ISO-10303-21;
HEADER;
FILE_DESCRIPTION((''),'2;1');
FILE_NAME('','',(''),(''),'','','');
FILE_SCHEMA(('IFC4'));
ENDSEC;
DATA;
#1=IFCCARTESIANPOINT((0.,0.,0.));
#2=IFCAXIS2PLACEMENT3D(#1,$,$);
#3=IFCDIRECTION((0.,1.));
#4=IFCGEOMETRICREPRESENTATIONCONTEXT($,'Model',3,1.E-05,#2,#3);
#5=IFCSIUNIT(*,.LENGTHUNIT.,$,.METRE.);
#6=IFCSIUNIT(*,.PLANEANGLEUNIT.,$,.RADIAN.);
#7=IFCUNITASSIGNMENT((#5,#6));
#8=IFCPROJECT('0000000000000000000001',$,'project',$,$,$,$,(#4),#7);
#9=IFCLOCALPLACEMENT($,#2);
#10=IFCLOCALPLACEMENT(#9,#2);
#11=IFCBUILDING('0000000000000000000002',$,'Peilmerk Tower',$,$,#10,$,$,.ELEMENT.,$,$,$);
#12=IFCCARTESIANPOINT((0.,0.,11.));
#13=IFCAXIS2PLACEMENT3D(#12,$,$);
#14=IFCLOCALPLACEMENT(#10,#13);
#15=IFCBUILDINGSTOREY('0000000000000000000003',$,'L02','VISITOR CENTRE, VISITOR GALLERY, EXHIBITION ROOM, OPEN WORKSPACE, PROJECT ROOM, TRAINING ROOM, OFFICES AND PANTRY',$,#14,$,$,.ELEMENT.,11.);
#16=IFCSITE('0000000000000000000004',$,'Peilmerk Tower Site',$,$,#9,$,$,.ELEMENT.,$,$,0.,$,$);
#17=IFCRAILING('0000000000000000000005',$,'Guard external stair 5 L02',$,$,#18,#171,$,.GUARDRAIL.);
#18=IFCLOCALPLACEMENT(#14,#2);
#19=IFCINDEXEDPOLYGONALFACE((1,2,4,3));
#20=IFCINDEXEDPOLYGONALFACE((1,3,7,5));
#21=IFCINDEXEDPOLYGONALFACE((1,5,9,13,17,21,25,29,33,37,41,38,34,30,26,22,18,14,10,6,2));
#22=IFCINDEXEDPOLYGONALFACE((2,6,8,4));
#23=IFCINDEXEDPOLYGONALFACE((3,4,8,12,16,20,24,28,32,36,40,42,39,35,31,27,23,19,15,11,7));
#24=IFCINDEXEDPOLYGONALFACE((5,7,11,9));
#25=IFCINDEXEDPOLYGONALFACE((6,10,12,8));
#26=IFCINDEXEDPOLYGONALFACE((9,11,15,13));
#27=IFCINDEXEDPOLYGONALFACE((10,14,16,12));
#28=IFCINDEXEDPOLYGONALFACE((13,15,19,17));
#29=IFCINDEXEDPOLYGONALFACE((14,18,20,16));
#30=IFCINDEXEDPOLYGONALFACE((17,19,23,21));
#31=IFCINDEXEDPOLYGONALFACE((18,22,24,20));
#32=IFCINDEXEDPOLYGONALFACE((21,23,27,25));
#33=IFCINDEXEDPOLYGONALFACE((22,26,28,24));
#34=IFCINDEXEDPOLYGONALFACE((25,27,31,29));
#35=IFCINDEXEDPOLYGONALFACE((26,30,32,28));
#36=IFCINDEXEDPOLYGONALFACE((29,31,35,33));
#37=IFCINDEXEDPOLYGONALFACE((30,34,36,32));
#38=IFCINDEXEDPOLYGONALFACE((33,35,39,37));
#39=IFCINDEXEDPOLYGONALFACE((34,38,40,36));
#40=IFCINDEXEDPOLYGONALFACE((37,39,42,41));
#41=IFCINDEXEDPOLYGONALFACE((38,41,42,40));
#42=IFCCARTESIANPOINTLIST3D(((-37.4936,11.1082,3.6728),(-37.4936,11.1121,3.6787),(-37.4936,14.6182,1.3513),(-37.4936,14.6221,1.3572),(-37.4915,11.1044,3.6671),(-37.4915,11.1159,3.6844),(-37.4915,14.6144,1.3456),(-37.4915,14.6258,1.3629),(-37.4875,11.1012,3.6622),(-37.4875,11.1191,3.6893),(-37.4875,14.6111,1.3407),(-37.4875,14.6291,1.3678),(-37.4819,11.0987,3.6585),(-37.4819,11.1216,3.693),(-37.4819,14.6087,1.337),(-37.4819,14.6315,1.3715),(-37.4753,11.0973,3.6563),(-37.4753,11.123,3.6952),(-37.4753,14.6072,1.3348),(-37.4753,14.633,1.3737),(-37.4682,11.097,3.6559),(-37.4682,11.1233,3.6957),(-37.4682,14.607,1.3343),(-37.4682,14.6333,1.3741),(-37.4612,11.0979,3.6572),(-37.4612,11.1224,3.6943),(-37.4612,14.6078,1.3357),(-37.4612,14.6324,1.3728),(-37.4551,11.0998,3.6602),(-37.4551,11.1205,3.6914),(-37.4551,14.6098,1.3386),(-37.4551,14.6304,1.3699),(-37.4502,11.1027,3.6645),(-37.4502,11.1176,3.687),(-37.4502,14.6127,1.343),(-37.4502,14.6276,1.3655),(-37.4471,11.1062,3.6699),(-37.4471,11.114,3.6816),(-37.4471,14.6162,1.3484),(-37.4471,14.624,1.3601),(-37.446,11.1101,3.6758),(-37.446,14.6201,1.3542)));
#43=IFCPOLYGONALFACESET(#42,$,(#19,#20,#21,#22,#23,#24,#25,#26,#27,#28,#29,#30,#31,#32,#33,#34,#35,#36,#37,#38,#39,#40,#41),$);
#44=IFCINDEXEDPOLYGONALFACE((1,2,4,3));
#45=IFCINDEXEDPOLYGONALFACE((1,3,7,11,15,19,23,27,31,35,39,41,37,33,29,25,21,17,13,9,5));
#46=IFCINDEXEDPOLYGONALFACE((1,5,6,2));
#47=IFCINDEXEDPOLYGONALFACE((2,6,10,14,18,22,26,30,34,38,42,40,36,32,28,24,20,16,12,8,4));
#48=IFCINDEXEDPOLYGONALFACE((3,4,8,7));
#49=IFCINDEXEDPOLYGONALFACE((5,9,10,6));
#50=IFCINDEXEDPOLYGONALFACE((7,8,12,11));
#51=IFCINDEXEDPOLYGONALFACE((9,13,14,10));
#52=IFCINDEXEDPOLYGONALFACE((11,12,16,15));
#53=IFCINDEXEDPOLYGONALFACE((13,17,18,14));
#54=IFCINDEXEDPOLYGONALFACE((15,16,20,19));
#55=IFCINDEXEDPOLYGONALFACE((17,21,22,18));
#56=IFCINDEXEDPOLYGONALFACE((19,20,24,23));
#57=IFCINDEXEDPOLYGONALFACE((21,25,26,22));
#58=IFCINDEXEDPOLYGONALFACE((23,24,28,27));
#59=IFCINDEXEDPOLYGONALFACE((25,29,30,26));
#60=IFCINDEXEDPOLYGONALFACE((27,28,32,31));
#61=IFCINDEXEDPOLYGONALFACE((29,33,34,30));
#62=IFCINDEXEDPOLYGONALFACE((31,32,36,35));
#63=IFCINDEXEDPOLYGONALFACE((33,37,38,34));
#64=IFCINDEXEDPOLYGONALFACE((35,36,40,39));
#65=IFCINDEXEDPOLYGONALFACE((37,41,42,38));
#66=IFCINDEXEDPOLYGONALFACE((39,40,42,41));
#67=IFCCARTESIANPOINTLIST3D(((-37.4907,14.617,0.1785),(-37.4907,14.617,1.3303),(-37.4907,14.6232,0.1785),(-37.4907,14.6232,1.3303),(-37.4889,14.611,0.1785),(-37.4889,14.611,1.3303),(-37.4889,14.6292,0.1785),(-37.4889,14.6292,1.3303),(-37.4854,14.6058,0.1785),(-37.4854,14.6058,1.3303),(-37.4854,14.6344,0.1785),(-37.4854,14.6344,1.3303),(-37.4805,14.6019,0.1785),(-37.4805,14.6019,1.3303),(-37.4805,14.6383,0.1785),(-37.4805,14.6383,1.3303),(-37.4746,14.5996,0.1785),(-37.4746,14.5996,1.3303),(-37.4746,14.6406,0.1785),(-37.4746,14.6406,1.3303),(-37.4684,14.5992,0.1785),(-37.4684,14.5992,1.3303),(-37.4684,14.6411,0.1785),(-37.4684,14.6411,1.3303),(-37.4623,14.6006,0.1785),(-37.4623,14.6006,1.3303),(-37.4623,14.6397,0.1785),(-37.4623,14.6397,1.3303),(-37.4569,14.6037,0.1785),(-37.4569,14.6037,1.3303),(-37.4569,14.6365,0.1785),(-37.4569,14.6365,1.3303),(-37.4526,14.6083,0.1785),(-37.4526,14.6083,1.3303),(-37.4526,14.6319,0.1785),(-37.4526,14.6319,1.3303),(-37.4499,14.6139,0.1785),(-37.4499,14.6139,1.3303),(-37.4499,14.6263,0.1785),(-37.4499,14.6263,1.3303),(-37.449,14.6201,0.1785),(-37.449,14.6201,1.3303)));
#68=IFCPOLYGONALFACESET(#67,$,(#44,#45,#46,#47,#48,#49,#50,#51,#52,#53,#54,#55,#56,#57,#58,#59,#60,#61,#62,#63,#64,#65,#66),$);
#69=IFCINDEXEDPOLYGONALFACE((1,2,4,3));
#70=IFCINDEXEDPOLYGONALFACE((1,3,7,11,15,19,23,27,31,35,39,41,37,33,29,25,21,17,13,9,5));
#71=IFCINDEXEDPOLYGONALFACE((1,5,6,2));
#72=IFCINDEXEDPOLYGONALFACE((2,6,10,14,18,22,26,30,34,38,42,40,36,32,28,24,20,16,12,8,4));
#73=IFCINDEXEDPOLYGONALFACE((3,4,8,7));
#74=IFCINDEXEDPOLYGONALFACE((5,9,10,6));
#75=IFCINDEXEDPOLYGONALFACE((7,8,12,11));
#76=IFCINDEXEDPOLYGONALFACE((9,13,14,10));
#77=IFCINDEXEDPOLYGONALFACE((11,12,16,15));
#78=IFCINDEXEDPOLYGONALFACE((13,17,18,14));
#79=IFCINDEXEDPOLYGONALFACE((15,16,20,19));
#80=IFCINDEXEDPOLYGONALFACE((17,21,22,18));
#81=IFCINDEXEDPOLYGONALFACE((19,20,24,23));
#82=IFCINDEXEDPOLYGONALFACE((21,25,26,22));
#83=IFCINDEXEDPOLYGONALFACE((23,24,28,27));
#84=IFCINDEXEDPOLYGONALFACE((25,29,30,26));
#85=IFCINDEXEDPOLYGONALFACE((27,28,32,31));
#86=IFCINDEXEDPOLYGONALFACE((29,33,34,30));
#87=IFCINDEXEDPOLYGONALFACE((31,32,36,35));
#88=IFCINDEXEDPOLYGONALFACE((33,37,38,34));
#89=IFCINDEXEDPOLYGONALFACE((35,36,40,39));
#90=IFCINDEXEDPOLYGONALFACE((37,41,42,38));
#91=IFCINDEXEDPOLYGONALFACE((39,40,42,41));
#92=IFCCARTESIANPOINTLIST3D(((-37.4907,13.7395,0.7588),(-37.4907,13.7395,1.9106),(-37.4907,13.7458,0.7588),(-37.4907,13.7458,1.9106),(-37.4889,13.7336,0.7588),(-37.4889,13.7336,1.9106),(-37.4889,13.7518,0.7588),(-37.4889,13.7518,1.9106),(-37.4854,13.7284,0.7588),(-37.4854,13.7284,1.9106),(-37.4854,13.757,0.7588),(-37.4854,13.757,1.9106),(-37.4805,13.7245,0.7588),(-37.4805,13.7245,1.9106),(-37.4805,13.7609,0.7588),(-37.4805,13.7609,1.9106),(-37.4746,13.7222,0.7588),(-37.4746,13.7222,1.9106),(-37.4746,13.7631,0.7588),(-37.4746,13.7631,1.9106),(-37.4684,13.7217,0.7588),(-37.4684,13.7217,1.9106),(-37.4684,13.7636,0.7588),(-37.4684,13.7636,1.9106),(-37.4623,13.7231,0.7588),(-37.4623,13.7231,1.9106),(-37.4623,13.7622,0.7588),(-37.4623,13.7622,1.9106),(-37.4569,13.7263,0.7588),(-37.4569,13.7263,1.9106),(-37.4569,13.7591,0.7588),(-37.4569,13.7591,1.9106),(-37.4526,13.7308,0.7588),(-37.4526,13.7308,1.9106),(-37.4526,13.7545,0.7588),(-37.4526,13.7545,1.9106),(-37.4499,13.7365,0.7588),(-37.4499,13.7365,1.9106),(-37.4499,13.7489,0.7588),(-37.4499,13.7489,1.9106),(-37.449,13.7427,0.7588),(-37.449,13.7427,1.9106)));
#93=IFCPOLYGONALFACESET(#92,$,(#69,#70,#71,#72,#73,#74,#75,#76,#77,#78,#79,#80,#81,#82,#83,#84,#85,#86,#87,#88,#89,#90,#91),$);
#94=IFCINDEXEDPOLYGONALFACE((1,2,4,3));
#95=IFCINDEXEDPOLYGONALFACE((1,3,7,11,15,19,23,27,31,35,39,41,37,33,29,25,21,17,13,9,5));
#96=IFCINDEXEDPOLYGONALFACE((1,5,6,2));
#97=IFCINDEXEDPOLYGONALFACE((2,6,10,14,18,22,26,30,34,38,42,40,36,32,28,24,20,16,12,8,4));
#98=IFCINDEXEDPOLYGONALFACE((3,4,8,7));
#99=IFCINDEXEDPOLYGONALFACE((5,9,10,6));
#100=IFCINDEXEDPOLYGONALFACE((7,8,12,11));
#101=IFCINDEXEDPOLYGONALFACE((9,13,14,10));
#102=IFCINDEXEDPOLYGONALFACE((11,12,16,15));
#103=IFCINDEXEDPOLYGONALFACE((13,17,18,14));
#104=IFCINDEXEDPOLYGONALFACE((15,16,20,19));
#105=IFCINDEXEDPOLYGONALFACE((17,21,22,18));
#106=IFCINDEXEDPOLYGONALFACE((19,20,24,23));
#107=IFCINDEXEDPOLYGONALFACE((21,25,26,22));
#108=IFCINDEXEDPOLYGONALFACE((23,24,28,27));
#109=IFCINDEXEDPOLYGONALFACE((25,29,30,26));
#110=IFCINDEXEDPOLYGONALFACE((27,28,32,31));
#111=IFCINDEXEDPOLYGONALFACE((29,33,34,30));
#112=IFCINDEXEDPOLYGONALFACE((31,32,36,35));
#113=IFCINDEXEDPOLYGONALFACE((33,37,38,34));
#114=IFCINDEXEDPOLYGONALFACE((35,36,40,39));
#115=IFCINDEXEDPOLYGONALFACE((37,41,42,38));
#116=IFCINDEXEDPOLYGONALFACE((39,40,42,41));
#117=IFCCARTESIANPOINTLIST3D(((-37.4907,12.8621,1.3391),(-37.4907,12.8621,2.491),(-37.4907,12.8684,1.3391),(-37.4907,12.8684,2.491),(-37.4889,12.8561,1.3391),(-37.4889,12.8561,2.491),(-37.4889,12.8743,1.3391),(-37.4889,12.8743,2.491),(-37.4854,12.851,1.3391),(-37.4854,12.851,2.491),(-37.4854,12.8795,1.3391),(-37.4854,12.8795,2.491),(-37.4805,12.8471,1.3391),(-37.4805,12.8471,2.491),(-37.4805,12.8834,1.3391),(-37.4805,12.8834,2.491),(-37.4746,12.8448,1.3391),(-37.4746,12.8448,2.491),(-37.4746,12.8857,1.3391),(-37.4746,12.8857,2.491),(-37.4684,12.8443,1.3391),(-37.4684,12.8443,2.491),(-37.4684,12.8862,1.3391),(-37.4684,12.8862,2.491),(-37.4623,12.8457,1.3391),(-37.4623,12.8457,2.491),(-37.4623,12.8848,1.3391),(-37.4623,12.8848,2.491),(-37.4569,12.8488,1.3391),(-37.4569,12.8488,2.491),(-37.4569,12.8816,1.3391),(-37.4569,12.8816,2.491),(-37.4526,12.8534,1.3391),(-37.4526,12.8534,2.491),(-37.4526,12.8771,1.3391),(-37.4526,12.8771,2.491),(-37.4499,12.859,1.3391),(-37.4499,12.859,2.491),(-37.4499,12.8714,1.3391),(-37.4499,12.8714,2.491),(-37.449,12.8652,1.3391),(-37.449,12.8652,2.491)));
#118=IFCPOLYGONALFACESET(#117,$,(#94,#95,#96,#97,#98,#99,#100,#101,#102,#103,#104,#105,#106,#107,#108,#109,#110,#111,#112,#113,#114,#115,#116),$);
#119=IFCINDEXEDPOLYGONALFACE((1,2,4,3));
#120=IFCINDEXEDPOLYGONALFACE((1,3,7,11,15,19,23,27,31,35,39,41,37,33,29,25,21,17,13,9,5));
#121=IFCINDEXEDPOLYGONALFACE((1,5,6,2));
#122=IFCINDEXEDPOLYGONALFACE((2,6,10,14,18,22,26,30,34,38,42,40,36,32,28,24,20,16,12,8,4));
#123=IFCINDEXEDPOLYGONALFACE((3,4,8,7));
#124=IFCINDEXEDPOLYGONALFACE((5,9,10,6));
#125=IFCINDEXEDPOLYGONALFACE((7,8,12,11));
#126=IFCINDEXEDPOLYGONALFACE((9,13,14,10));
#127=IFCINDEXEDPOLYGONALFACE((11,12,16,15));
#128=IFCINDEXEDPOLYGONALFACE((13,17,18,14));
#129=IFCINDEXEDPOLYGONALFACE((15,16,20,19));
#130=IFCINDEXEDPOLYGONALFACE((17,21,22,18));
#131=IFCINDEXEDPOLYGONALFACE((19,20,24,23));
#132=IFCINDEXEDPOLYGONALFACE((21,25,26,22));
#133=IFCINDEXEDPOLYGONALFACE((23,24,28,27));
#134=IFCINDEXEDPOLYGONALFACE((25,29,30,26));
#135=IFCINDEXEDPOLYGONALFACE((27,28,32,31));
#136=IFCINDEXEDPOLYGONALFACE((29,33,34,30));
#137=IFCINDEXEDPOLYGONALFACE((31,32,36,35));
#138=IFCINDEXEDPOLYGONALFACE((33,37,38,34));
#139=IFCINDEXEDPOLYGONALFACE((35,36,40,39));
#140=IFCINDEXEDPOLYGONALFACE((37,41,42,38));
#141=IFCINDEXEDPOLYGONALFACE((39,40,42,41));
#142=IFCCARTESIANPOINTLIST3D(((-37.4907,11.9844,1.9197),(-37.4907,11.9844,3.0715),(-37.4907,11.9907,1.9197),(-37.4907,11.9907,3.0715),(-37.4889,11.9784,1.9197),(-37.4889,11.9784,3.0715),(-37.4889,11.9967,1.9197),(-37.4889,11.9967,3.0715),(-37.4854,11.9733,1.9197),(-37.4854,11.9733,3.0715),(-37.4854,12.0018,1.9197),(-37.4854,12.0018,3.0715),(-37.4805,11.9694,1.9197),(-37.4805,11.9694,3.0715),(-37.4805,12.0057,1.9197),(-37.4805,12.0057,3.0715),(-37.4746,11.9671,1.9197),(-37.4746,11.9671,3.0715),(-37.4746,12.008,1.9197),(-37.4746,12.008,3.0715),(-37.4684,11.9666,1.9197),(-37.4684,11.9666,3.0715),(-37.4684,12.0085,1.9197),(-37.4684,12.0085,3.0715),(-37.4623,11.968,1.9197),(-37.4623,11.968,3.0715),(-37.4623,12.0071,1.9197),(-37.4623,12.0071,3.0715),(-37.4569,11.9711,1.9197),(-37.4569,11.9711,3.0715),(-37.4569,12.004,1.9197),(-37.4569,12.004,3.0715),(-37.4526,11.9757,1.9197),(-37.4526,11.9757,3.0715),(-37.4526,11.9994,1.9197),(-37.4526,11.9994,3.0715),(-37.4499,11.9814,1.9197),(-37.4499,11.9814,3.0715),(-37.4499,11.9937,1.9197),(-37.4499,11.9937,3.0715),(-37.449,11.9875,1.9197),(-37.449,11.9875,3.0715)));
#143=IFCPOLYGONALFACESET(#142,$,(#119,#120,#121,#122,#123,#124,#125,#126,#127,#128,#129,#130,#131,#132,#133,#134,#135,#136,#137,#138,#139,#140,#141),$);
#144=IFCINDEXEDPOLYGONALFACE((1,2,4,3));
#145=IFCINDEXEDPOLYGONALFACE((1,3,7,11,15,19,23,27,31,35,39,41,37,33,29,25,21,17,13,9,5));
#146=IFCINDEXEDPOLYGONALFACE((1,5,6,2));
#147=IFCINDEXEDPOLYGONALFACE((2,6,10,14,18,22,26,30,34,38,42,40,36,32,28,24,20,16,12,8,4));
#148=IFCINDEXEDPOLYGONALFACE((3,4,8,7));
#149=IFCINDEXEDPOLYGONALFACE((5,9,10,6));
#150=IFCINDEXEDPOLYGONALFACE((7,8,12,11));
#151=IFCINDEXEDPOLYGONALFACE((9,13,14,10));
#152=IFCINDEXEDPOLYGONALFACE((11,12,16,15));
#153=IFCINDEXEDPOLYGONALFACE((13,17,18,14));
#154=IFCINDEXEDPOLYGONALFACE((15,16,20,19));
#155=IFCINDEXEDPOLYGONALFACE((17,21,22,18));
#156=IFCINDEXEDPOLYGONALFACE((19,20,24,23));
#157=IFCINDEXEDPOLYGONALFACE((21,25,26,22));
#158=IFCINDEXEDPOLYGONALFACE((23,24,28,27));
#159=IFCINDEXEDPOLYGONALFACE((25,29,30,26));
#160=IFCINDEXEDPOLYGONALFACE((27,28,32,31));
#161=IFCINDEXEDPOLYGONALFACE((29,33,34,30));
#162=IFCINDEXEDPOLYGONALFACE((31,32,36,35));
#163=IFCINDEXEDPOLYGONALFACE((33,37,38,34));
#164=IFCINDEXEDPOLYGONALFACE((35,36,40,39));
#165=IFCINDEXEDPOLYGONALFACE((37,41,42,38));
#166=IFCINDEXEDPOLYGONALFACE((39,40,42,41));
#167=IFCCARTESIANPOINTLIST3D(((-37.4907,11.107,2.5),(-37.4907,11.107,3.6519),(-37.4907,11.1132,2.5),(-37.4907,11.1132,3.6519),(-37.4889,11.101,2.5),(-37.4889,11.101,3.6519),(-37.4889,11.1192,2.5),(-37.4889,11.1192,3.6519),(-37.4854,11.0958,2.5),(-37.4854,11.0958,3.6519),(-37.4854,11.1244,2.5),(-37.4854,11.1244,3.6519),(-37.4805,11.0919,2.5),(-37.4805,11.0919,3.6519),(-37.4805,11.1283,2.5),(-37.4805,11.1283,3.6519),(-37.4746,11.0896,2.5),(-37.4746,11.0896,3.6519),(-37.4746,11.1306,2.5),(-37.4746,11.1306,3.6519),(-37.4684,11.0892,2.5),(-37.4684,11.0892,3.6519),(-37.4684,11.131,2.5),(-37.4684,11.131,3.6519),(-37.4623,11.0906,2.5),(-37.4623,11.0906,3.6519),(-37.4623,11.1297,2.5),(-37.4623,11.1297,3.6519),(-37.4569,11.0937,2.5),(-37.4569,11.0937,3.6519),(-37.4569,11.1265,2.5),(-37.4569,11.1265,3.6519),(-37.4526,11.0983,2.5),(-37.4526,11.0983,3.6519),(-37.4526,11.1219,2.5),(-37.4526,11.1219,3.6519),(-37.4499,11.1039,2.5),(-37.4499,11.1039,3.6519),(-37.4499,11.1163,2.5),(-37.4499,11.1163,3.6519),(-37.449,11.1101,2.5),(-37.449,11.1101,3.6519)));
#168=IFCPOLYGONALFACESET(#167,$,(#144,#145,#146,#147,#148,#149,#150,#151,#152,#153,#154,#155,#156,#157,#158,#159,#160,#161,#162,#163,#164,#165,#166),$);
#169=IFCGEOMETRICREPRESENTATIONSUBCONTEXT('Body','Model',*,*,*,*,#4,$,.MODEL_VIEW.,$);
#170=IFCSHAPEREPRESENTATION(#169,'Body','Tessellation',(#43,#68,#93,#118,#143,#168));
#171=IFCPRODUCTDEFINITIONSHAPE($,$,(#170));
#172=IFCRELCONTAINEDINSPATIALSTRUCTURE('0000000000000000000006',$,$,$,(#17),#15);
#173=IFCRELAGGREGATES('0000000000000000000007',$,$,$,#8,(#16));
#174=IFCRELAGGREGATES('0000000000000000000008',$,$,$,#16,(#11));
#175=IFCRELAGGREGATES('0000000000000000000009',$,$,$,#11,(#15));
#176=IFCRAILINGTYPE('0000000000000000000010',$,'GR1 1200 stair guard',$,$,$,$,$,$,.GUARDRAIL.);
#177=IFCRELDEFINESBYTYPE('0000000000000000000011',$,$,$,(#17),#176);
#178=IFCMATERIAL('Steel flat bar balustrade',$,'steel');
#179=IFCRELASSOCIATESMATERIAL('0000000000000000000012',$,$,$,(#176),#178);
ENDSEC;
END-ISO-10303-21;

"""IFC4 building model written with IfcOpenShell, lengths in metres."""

from ifc_helpers import new_model, si_unit, direction, frame, origin, origin_2d, place, context, subcontext, project, spatial, circle, extrude, material, type_object, element, save


model = new_model("IFC4")

# Units and contexts
model_context = context("Model", 3, precision=1e-05, world=origin(), true_north=direction((0.0, 1.0)))
body_context = subcontext(model_context, "Body", "Model", "MODEL_VIEW")
ifc_project = project(units=[si_unit("LENGTHUNIT", "METRE"), si_unit("PLANEANGLEUNIT", "RADIAN")], contexts=[model_context])

# Site, building, storey
site_placement = place(None, origin())
site = spatial("IfcSite", under=ifc_project, at=site_placement, Name="Peilmerk Tower Site", CompositionType="ELEMENT", RefElevation=0.0)
building_placement = place(site_placement, origin())
building = spatial("IfcBuilding", under=site, at=building_placement, Name="Peilmerk Tower", CompositionType="ELEMENT")
storey_placement = place(building_placement, frame((0.0, 0.0, 11.0)))
storey = spatial("IfcBuildingStorey", under=building, at=storey_placement, Name="L02", Description="VISITOR CENTRE, VISITOR GALLERY, EXHIBITION ROOM, OPEN WORKSPACE, PROJECT ROOM, TRAINING ROOM, OFFICES AND PANTRY", CompositionType="ELEMENT", Elevation=11.0)

# Railing
ifc_material_1 = material(Name="Steel flat bar balustrade", Category="steel")
railing_type_1 = type_object("IfcRailingType", Name="GR1 1200 stair guard", PredefinedType="GUARDRAIL", material=ifc_material_1)
for number, where, name in (
    (1, (-37.47, 14.6201, 0.1785), "Guard external stair 5 L02"),
):
    element("IfcRailing", number, at=place(storey_placement, frame(where)), inside=storey, type_object=railing_type_1, Name=name, PredefinedType="GUARDRAIL", context=body_context, shape_type="SweptSolid", body=[
        extrude(circle(Radius=0.0239, at=origin_2d()), frame((0.0, 0.0, 1.1758), z_axis=(0.0, -0.834071, 0.551657), x_axis=(1.0, 0.0, 0.0)), (0.0, 0.0, 1.0), 4.2083),
        extrude(circle(Radius=0.021, at=origin_2d()), origin(), (0.0, 0.0, 1.0), 1.1519),
        extrude(circle(Radius=0.021, at=origin_2d()), frame((0.0, -0.8774, 0.5803)), (0.0, 0.0, 1.0), 1.1519),
        extrude(circle(Radius=0.021, at=origin_2d()), frame((0.0, -1.7549, 1.1606)), (0.0, 0.0, 1.0), 1.1519),
        extrude(circle(Radius=0.021, at=origin_2d()), frame((0.0, -2.6326, 1.7412)), (0.0, 0.0, 1.0), 1.1519),
        extrude(circle(Radius=0.021, at=origin_2d()), frame((0.0, -3.51, 2.3215)), (0.0, 0.0, 1.0), 1.1519),
    ])

save(model, "model.ifc")
